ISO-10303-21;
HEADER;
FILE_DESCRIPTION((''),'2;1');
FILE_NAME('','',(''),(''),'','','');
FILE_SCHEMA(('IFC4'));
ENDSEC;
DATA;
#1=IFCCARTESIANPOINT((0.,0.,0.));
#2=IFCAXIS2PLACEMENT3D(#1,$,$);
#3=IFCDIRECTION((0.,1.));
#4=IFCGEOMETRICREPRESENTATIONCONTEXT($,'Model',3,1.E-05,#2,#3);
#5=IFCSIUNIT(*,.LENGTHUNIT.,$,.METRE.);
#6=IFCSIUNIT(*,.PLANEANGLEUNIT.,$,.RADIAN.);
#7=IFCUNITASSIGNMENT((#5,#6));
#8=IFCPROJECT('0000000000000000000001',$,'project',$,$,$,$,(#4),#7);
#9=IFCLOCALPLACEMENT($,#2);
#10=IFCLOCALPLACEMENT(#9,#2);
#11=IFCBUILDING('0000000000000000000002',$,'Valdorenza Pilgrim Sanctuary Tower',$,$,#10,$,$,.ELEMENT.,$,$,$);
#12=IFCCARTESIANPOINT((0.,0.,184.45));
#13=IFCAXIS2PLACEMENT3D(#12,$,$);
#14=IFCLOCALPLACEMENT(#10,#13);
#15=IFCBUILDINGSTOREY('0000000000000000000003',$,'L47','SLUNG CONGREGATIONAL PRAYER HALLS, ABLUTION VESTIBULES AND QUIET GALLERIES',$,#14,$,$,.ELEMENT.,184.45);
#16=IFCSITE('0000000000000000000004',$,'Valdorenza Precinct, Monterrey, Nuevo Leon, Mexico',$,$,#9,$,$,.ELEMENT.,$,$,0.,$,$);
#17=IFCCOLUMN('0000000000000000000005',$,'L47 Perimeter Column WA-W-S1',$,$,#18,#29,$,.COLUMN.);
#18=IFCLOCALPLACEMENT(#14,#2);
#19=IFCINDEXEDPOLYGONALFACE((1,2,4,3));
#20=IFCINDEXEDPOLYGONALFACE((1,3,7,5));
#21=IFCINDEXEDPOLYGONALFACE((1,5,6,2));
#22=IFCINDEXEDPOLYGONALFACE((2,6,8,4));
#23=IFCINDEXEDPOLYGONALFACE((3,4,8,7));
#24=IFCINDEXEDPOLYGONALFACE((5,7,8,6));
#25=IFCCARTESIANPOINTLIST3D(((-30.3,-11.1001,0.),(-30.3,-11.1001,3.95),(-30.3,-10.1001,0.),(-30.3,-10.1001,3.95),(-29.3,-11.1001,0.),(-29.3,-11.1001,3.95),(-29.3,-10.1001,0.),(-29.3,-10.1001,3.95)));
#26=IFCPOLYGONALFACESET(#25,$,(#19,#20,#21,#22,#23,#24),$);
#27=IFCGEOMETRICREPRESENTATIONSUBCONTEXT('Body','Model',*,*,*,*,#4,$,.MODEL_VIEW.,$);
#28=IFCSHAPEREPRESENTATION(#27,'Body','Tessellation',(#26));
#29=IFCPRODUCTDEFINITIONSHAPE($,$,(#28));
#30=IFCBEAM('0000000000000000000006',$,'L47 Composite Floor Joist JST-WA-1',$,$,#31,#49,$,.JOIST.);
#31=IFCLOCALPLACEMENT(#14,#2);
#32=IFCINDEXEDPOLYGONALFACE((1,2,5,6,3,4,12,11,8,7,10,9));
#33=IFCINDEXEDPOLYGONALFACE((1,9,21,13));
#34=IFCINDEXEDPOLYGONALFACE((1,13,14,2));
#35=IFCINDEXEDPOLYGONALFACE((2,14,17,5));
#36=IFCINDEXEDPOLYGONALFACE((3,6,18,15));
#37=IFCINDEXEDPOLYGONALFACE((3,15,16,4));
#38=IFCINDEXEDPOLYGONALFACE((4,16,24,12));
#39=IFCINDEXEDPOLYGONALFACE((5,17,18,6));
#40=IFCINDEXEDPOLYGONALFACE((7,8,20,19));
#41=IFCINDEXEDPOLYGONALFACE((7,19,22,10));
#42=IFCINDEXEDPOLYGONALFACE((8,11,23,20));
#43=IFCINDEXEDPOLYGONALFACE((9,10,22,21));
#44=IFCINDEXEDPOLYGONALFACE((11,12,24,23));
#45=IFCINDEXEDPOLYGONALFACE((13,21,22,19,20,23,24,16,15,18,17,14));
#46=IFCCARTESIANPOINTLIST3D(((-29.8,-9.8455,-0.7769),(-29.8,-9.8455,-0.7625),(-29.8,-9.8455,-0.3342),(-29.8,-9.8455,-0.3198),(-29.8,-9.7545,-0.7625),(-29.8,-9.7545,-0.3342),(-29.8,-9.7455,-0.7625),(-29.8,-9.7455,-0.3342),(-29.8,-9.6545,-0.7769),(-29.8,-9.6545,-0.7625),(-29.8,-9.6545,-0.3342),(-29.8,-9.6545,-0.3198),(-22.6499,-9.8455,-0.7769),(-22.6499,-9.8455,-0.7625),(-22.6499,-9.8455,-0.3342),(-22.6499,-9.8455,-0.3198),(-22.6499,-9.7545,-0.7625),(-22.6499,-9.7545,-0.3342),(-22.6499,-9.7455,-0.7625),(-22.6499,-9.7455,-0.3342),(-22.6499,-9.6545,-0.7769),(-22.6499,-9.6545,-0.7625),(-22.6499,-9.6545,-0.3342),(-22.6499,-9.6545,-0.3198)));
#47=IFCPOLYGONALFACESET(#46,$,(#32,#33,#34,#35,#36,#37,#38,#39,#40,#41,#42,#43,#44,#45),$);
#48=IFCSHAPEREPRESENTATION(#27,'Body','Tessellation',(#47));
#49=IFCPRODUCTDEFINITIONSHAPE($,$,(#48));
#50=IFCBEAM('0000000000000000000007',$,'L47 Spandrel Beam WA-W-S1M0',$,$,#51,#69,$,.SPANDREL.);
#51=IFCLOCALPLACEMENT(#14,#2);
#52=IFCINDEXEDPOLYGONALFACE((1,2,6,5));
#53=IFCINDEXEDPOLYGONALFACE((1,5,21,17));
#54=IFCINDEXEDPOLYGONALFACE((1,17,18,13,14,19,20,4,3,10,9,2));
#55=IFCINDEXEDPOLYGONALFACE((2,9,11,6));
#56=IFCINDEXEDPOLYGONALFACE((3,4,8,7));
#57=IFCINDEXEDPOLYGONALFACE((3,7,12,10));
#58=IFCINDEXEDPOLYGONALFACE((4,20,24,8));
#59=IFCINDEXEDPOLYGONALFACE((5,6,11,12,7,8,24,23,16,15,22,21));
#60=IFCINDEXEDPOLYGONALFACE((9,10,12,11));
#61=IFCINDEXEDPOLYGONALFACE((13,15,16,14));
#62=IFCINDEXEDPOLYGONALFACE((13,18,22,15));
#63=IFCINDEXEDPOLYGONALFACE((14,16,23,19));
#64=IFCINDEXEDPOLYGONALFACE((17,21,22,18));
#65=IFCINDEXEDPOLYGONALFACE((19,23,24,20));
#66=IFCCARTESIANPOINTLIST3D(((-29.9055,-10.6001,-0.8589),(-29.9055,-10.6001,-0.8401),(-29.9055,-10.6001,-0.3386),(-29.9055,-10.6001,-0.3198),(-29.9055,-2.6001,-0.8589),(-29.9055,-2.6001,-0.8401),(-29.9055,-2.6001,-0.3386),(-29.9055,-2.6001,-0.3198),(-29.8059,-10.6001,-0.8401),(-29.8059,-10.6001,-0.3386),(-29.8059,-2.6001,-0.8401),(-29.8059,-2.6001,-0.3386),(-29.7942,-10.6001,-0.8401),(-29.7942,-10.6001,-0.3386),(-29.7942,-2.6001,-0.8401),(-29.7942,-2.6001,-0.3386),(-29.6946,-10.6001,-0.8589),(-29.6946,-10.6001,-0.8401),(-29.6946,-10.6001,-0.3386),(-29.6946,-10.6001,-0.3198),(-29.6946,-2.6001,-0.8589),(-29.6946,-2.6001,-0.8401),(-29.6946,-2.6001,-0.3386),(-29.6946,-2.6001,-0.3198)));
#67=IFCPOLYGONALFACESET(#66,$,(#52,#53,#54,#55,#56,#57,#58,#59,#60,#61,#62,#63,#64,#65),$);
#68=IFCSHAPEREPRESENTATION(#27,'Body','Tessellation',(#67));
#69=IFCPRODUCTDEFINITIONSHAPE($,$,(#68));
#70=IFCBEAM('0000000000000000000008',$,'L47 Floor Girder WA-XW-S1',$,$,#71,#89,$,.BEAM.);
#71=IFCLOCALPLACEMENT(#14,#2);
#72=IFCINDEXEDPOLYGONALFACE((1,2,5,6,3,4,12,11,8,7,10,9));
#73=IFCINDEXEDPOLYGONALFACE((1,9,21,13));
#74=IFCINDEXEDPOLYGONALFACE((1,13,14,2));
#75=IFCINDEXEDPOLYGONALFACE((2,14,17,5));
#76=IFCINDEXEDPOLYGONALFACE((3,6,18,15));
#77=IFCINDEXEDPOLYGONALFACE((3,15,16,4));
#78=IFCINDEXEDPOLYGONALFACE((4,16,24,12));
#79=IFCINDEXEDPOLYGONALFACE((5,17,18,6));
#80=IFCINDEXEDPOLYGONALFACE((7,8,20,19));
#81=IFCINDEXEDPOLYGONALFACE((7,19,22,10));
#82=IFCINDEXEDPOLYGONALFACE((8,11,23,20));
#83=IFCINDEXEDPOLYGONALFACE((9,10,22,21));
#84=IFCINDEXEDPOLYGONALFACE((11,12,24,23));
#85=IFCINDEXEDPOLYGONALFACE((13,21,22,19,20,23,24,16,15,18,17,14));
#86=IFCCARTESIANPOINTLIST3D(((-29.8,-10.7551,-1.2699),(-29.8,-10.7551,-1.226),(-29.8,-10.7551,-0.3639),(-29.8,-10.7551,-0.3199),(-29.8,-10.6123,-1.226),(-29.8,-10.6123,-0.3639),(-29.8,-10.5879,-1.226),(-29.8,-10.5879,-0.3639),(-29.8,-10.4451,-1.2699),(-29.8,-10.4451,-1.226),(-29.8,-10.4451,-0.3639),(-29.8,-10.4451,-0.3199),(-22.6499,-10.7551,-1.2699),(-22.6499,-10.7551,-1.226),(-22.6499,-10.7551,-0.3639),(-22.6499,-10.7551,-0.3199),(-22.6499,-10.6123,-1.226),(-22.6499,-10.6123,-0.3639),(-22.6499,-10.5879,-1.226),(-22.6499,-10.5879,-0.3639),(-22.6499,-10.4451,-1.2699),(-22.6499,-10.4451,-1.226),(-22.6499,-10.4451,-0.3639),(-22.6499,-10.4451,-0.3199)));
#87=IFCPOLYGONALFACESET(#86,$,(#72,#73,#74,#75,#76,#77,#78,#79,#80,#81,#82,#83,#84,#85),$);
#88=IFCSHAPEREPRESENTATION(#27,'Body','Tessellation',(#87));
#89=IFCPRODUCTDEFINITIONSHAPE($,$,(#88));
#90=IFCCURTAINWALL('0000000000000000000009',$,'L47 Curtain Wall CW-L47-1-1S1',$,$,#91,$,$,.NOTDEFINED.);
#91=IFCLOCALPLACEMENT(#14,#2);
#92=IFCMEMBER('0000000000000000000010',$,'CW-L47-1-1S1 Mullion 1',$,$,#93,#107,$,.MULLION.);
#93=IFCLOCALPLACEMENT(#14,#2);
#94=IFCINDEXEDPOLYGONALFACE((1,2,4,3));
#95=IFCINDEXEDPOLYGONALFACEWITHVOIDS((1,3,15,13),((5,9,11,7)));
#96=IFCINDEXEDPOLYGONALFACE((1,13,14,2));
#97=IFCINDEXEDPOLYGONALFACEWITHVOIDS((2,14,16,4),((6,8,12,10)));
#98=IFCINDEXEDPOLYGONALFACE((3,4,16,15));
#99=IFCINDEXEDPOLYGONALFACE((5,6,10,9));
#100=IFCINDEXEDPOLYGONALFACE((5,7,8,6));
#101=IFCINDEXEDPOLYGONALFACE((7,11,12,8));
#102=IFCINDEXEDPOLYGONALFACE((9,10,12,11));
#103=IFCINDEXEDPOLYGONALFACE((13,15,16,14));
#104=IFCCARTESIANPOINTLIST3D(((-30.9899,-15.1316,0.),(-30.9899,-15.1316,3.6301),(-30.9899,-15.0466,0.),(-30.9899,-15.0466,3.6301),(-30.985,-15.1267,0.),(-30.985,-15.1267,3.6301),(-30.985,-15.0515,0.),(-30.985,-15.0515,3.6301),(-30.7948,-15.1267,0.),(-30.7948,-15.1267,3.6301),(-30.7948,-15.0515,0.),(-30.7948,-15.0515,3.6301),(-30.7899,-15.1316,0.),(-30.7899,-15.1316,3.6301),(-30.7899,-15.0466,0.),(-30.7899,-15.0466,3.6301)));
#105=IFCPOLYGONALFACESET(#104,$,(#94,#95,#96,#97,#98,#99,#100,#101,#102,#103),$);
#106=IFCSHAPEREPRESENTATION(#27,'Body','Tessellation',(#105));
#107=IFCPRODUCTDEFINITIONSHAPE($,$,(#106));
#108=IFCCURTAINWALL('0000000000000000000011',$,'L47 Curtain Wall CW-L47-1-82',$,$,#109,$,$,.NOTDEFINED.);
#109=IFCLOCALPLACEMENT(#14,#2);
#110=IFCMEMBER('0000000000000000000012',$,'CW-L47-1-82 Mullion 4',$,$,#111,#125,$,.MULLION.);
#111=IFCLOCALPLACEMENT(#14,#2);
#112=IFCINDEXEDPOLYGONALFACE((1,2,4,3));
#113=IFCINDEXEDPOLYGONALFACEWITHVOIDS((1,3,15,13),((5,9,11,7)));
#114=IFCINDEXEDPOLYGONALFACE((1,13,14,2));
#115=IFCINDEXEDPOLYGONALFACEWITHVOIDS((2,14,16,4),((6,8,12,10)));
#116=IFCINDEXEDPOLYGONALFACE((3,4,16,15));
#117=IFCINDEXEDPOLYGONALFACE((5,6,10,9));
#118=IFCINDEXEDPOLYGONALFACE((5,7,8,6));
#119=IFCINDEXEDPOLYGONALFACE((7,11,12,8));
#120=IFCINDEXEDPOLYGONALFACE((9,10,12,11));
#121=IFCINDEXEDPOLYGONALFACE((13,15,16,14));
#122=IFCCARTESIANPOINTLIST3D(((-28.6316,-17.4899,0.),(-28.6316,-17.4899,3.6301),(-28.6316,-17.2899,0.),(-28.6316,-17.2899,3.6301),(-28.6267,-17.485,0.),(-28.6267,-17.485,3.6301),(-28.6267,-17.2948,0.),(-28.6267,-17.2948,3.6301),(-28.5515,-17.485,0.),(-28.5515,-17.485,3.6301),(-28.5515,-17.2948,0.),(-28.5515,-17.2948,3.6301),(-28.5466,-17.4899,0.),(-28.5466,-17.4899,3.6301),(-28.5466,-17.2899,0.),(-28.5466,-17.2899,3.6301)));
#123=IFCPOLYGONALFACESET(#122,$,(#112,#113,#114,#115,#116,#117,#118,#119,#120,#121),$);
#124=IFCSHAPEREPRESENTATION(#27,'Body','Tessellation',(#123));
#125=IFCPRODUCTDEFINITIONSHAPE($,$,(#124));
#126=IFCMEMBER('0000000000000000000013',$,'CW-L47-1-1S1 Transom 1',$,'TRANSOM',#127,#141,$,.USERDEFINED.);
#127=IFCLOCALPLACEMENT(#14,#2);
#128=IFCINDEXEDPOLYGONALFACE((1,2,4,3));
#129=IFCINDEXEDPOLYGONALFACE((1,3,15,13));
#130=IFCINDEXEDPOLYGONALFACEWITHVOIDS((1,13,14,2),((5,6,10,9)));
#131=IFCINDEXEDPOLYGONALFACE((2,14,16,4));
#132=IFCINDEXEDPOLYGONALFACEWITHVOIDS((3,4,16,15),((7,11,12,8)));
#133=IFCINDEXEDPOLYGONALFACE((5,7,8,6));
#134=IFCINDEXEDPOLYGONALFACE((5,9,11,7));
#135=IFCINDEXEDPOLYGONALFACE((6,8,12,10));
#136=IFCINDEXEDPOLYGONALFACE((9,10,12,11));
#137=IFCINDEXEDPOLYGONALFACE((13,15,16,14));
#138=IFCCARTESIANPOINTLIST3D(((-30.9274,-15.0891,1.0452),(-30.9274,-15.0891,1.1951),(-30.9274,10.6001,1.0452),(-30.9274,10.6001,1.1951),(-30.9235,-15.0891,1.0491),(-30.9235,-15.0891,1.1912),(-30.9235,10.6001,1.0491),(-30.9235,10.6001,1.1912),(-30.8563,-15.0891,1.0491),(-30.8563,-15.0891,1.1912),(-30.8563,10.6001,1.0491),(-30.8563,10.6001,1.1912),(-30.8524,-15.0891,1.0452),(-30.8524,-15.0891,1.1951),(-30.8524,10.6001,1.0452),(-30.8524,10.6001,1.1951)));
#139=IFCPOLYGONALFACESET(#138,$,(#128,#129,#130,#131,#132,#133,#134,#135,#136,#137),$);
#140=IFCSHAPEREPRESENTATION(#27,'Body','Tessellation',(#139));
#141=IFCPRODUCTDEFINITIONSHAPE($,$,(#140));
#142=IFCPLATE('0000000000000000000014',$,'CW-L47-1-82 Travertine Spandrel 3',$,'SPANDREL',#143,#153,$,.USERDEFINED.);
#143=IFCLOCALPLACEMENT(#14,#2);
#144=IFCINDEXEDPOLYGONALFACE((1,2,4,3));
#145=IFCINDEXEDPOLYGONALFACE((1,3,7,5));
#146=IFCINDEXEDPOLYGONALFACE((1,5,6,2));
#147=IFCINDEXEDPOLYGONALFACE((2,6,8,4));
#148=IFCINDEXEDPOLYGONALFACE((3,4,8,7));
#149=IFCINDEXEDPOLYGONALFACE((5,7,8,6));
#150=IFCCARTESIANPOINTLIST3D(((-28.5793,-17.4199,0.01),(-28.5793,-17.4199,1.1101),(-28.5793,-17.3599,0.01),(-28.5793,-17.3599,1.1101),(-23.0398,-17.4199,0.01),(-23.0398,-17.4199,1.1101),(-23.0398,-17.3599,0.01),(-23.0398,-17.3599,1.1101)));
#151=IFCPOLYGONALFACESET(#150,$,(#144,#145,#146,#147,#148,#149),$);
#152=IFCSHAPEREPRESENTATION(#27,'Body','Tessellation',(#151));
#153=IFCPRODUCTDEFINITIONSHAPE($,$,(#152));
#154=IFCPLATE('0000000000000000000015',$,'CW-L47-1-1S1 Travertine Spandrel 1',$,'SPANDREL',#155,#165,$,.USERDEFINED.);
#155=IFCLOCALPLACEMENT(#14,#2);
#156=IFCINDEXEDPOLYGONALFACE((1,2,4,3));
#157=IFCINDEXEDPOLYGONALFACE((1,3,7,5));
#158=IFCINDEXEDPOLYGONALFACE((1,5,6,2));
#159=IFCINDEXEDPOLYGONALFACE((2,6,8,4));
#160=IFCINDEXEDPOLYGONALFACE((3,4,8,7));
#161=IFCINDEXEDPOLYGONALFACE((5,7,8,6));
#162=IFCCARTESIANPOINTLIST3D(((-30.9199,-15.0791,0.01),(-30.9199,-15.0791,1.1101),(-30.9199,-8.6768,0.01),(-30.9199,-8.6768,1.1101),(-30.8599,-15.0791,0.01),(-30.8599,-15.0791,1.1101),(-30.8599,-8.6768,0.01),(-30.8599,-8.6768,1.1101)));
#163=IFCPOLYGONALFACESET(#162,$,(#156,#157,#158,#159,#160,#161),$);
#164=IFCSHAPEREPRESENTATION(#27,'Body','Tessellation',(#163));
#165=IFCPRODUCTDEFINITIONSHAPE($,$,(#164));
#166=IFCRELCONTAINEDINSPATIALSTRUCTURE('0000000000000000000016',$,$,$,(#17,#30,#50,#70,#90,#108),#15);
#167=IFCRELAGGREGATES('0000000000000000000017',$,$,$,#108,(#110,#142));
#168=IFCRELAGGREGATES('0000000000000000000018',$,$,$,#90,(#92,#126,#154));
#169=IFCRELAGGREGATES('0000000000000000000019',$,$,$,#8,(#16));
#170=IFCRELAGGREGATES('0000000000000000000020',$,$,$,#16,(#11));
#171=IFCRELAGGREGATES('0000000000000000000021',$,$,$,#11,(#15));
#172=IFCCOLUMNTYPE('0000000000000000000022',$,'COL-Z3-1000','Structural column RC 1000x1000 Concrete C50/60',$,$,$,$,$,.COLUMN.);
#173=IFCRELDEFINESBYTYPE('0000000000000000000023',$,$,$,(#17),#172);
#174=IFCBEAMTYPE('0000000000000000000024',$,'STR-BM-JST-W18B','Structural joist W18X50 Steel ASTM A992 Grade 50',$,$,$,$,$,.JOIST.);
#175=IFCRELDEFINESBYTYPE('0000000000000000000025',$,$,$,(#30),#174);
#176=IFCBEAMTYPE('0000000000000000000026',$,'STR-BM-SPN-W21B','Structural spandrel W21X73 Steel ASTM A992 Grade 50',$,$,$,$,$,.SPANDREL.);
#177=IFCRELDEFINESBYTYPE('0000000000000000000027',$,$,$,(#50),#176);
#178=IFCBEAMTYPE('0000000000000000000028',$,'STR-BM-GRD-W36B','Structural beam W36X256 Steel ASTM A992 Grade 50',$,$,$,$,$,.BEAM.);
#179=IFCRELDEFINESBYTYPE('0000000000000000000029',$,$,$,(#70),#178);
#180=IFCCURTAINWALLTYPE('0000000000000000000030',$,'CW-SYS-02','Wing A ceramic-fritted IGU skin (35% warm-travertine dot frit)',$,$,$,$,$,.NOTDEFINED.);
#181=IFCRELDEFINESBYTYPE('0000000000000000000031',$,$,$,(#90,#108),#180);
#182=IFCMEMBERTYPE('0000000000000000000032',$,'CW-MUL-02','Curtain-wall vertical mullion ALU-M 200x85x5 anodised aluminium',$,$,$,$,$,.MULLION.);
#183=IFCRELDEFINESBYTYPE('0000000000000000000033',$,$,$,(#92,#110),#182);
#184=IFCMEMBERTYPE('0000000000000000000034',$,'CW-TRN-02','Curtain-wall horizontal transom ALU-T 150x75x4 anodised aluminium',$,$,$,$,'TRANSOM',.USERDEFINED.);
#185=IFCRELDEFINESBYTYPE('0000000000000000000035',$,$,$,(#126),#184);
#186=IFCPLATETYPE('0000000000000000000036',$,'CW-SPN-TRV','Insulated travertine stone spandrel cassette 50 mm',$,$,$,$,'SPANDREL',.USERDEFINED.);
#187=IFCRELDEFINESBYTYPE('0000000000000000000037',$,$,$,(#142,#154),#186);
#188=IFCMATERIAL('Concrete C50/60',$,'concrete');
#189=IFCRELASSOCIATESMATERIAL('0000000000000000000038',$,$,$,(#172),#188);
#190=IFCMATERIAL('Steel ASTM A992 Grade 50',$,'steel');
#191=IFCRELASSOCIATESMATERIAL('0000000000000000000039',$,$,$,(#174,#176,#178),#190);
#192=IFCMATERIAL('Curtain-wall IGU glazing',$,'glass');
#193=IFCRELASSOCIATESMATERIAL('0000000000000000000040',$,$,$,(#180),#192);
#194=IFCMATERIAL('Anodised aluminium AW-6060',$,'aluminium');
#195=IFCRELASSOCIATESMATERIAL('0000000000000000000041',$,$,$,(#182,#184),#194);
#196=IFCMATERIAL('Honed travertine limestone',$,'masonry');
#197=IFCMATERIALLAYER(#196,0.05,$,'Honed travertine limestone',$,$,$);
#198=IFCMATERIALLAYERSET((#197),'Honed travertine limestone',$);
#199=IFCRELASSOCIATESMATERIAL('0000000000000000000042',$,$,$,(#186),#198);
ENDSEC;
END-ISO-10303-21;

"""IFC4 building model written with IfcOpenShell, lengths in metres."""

from ifc_helpers import new_model, si_unit, direction, frame, origin, origin_2d, place, context, subcontext, project, spatial, rectangle, hollow_rectangle, i_section, extrude, source, transform, mapped, material, layer, layer_set, material_profile, profile_set, type_object, element, aggregate, save


model = new_model("IFC4")

# Units and contexts
model_context = context("Model", 3, precision=1e-05, world=origin(), true_north=direction((0.0, 1.0)))
body_context = subcontext(model_context, "Body", "Model", "MODEL_VIEW")
ifc_project = project(units=[si_unit("LENGTHUNIT", "METRE"), si_unit("PLANEANGLEUNIT", "RADIAN")], contexts=[model_context])

# Site, building, storey
site_placement = place(None, origin())
site = spatial("IfcSite", under=ifc_project, at=site_placement, Name="Valdorenza Precinct, Monterrey, Nuevo Leon, Mexico", CompositionType="ELEMENT", RefElevation=0.0)
building_placement = place(site_placement, origin())
building = spatial("IfcBuilding", under=site, at=building_placement, Name="Valdorenza Pilgrim Sanctuary Tower", CompositionType="ELEMENT")
storey_placement = place(building_placement, frame((0.0, 0.0, 184.45)))
storey = spatial("IfcBuildingStorey", under=building, at=storey_placement, Name="L47", Description="SLUNG CONGREGATIONAL PRAYER HALLS, ABLUTION VESTIBULES AND QUIET GALLERIES", CompositionType="ELEMENT", Elevation=184.45)

# Column
ifc_material_1 = material(Name="Concrete C50/60", Category="concrete")
ifc_material_profile_1 = material_profile(ifc_material_1, rectangle(XDim=1.0, YDim=1.0, at=origin_2d()), Name="RC 1000x1000")
ifc_profile_set_1 = profile_set([ifc_material_profile_1], Name="Concrete C50/60")
column_type = type_object("IfcColumnType", Name="COL-Z3-1000", Description="Structural column RC 1000x1000 Concrete C50/60", PredefinedType="COLUMN", material=ifc_profile_set_1)
shared_shape_1 = source(origin(), body_context, "Body", "SweptSolid", [
    extrude(rectangle(XDim=1.0, YDim=1.0, at=origin_2d()), origin(), (0.0, 0.0, 1.0), 3.95),
])
column_placement = place(storey_placement, frame((-29.8, -10.6001, 0.0), z_axis=(0.0, 0.0, 1.0), x_axis=(1.0, 0.0, 0.0)))
element("IfcColumn", 1, at=column_placement, inside=storey, type_object=column_type, Name="L47 Perimeter Column WA-W-S1", PredefinedType="COLUMN", context=body_context, shape_type="MappedRepresentation", body=[
    mapped(shared_shape_1, transform((0.0, 0.0, 0.0), x_axis=(1.0, 0.0, 0.0), y_axis=(0.0, 1.0, 0.0), z_axis=(0.0, 0.0, 1.0), scale=1.0)),
])

# Beams
ifc_material_2 = material(Name="Steel ASTM A992 Grade 50", Category="steel")
ifc_material_profile_2 = material_profile(ifc_material_2, i_section(OverallWidth=0.1909, OverallDepth=0.457, WebThickness=0.009, FlangeThickness=0.0144, at=origin_2d()), Name="W18X50")
ifc_profile_set_2 = profile_set([ifc_material_profile_2], Name="Steel ASTM A992 Grade 50")
beam_type_1 = type_object("IfcBeamType", Name="STR-BM-JST-W18B", Description="Structural joist W18X50 Steel ASTM A992 Grade 50", PredefinedType="JOIST", material=ifc_profile_set_2)
shared_shape_2 = source(origin(), body_context, "Body", "SweptSolid", [
    extrude(i_section(OverallWidth=0.1909, OverallDepth=0.457, WebThickness=0.009, FlangeThickness=0.0144, at=origin_2d()), origin(), (0.0, 0.0, 1.0), 7.1501),
])
beam_1_placement = place(storey_placement, frame((-29.8, -9.75, -0.5483), z_axis=(1.0, 0.0, 0.0), x_axis=(0.0, 1.0, 0.0)))
element("IfcBeam", 2, at=beam_1_placement, inside=storey, type_object=beam_type_1, Name="L47 Composite Floor Joist JST-WA-1", PredefinedType="JOIST", context=body_context, shape_type="MappedRepresentation", body=[
    mapped(shared_shape_2, transform((0.0, 0.0, 0.0), x_axis=(1.0, 0.0, 0.0), y_axis=(0.0, 1.0, 0.0), z_axis=(0.0, 0.0, 1.0), scale=1.0)),
])
ifc_material_profile_3 = material_profile(ifc_material_2, i_section(OverallWidth=0.2109, OverallDepth=0.5391, WebThickness=0.0117, FlangeThickness=0.0188, at=origin_2d()), Name="W21X73")
ifc_profile_set_3 = profile_set([ifc_material_profile_3], Name="Steel ASTM A992 Grade 50")
beam_type_2 = type_object("IfcBeamType", Name="STR-BM-SPN-W21B", Description="Structural spandrel W21X73 Steel ASTM A992 Grade 50", PredefinedType="SPANDREL", material=ifc_profile_set_3)
shared_shape_3 = source(origin(), body_context, "Body", "SweptSolid", [
    extrude(i_section(OverallWidth=0.2109, OverallDepth=0.5391, WebThickness=0.0117, FlangeThickness=0.0188, at=origin_2d()), origin(), (0.0, 0.0, 1.0), 8.0),
])
beam_2_placement = place(storey_placement, frame((-29.8, -10.6001, -0.5894), z_axis=(0.0, 1.0, 0.0), x_axis=(-1.0, 0.0, 0.0)))
element("IfcBeam", 3, at=beam_2_placement, inside=storey, type_object=beam_type_2, Name="L47 Spandrel Beam WA-W-S1M0", PredefinedType="SPANDREL", context=body_context, shape_type="MappedRepresentation", body=[
    mapped(shared_shape_3, transform((0.0, 0.0, 0.0), x_axis=(1.0, 0.0, 0.0), y_axis=(0.0, 1.0, 0.0), z_axis=(0.0, 0.0, 1.0), scale=1.0)),
])
ifc_material_profile_4 = material_profile(ifc_material_2, i_section(OverallWidth=0.3101, OverallDepth=0.95, WebThickness=0.0244, FlangeThickness=0.0439, at=origin_2d()), Name="W36X256")
ifc_profile_set_4 = profile_set([ifc_material_profile_4], Name="Steel ASTM A992 Grade 50")
beam_type_3 = type_object("IfcBeamType", Name="STR-BM-GRD-W36B", Description="Structural beam W36X256 Steel ASTM A992 Grade 50", PredefinedType="BEAM", material=ifc_profile_set_4)
shared_shape_4 = source(origin(), body_context, "Body", "SweptSolid", [
    extrude(i_section(OverallWidth=0.3101, OverallDepth=0.95, WebThickness=0.0244, FlangeThickness=0.0439, at=origin_2d()), origin(), (0.0, 0.0, 1.0), 7.1501),
])
beam_3_placement = place(storey_placement, frame((-29.8, -10.6001, -0.7949), z_axis=(1.0, 0.0, 0.0), x_axis=(0.0, 1.0, 0.0)))
element("IfcBeam", 4, at=beam_3_placement, inside=storey, type_object=beam_type_3, Name="L47 Floor Girder WA-XW-S1", PredefinedType="BEAM", context=body_context, shape_type="MappedRepresentation", body=[
    mapped(shared_shape_4, transform((0.0, 0.0, 0.0), x_axis=(1.0, 0.0, 0.0), y_axis=(0.0, 1.0, 0.0), z_axis=(0.0, 0.0, 1.0), scale=1.0)),
])

# Curtain walls, members
ifc_material_3 = material(Name="Curtain-wall IGU glazing", Category="glass")
curtain_wall_type = type_object("IfcCurtainWallType", Name="CW-SYS-02", Description="Wing A ceramic-fritted IGU skin (35% warm-travertine dot frit)", PredefinedType="NOTDEFINED", material=ifc_material_3)
curtain_wall_1_placement = place(storey_placement, origin())
curtain_wall_1 = element("IfcCurtainWall", 5, at=curtain_wall_1_placement, inside=storey, type_object=curtain_wall_type, Name="L47 Curtain Wall CW-L47-1-1S1", PredefinedType="NOTDEFINED")
ifc_material_4 = material(Name="Anodised aluminium AW-6060", Category="aluminium")
ifc_material_profile_5 = material_profile(ifc_material_4, hollow_rectangle(XDim=0.085, YDim=0.2, WallThickness=0.0049, at=origin_2d()), Name="ALU-M 200x85x5")
ifc_profile_set_5 = profile_set([ifc_material_profile_5], Name="Anodised aluminium AW-6060")
member_type_1 = type_object("IfcMemberType", Name="CW-MUL-02", Description="Curtain-wall vertical mullion ALU-M 200x85x5 anodised aluminium", PredefinedType="MULLION", material=ifc_profile_set_5)
shared_shape_5 = source(origin(), body_context, "Body", "SweptSolid", [
    extrude(hollow_rectangle(XDim=0.085, YDim=0.2, WallThickness=0.0049, at=origin_2d()), origin(), (0.0, 0.0, 1.0), 3.6301),
])
member_1_placement = place(storey_placement, frame((-30.8899, -15.0891, 0.0), z_axis=(0.0, 0.0, 1.0), x_axis=(0.0, 1.0, 0.0)))
member_1 = element("IfcMember", 6, at=member_1_placement, type_object=member_type_1, Name="CW-L47-1-1S1 Mullion 1", PredefinedType="MULLION", context=body_context, shape_type="MappedRepresentation", body=[
    mapped(shared_shape_5, transform((0.0, 0.0, 0.0), x_axis=(1.0, 0.0, 0.0), y_axis=(0.0, 1.0, 0.0), z_axis=(0.0, 0.0, 1.0), scale=1.0)),
])
curtain_wall_2_placement = place(storey_placement, origin())
curtain_wall_2 = element("IfcCurtainWall", 7, at=curtain_wall_2_placement, inside=storey, type_object=curtain_wall_type, Name="L47 Curtain Wall CW-L47-1-82", PredefinedType="NOTDEFINED")
member_2_placement = place(storey_placement, frame((-28.5891, -17.3899, 0.0), z_axis=(0.0, 0.0, 1.0), x_axis=(-1.0, 0.0, 0.0)))
member_2 = element("IfcMember", 8, at=member_2_placement, type_object=member_type_1, Name="CW-L47-1-82 Mullion 4", PredefinedType="MULLION", context=body_context, shape_type="MappedRepresentation", body=[
    mapped(shared_shape_5, transform((0.0, 0.0, 0.0), x_axis=(1.0, 0.0, 0.0), y_axis=(0.0, 1.0, 0.0), z_axis=(0.0, 0.0, 1.0), scale=1.0)),
])

# Member
ifc_material_profile_6 = material_profile(ifc_material_4, hollow_rectangle(XDim=0.075, YDim=0.1499, WallThickness=0.0039, at=origin_2d()), Name="ALU-T 150x75x4")
ifc_profile_set_6 = profile_set([ifc_material_profile_6], Name="Anodised aluminium AW-6060")
member_type_2 = type_object("IfcMemberType", Name="CW-TRN-02", Description="Curtain-wall horizontal transom ALU-T 150x75x4 anodised aluminium", ElementType="TRANSOM", PredefinedType="USERDEFINED", material=ifc_profile_set_6)
shared_shape_6 = source(origin(), body_context, "Body", "SweptSolid", [
    extrude(hollow_rectangle(XDim=0.075, YDim=0.1499, WallThickness=0.0039, at=origin_2d()), origin(), (0.0, 0.0, 1.0), 25.6892),
])
member_3_placement = place(storey_placement, frame((-30.8899, -15.0891, 1.1201), z_axis=(0.0, 1.0, 0.0), x_axis=(-1.0, 0.0, 0.0)))
member_3 = element("IfcMember", 9, at=member_3_placement, type_object=member_type_2, Name="CW-L47-1-1S1 Transom 1", ObjectType="TRANSOM", PredefinedType="USERDEFINED", context=body_context, shape_type="MappedRepresentation", body=[
    mapped(shared_shape_6, transform((0.0, 0.0, 0.0), x_axis=(1.0, 0.0, 0.0), y_axis=(0.0, 1.0, 0.0), z_axis=(0.0, 0.0, 1.0), scale=1.0)),
])

# Plates
ifc_material_5 = material(Name="Honed travertine limestone", Category="masonry")
ifc_layer_1 = layer(ifc_material_5, 0.05, Name="Honed travertine limestone")
ifc_layer_set_1 = layer_set([ifc_layer_1], Name="Honed travertine limestone")
plate_type_1 = type_object("IfcPlateType", Name="CW-SPN-TRV", Description="Insulated travertine stone spandrel cassette 50 mm", ElementType="SPANDREL", PredefinedType="USERDEFINED", material=ifc_layer_set_1)
shared_shape_7 = source(origin(), body_context, "Body", "SweptSolid", [
    extrude(rectangle(XDim=5.5396, YDim=0.0601, at=origin_2d()), origin(), (0.0, 0.0, 1.0), 1.1001),
])
plate_1_placement = place(storey_placement, frame((-25.8096, -17.3899, 0.01), z_axis=(0.0, 0.0, 1.0), x_axis=(-1.0, 0.0, 0.0)))
plate_1 = element("IfcPlate", 10, at=plate_1_placement, type_object=plate_type_1, Name="CW-L47-1-82 Travertine Spandrel 3", ObjectType="SPANDREL", PredefinedType="USERDEFINED", context=body_context, shape_type="MappedRepresentation", body=[
    mapped(shared_shape_7, transform((0.0, 0.0, 0.0), x_axis=(1.0, 0.0, 0.0), y_axis=(0.0, 1.0, 0.0), z_axis=(0.0, 0.0, 1.0), scale=1.0)),
])
aggregate(curtain_wall_2, [member_2, plate_1])
shared_shape_8 = source(origin(), body_context, "Body", "SweptSolid", [
    extrude(rectangle(XDim=6.4023, YDim=0.0601, at=origin_2d()), origin(), (0.0, 0.0, 1.0), 1.1001),
])
plate_2_placement = place(storey_placement, frame((-30.8899, -11.8779, 0.01), z_axis=(0.0, 0.0, 1.0), x_axis=(0.0, 1.0, 0.0)))
plate_2 = element("IfcPlate", 11, at=plate_2_placement, type_object=plate_type_1, Name="CW-L47-1-1S1 Travertine Spandrel 1", ObjectType="SPANDREL", PredefinedType="USERDEFINED", context=body_context, shape_type="MappedRepresentation", body=[
    mapped(shared_shape_8, transform((0.0, 0.0, 0.0), x_axis=(1.0, 0.0, 0.0), y_axis=(0.0, 1.0, 0.0), z_axis=(0.0, 0.0, 1.0), scale=1.0)),
])
aggregate(curtain_wall_1, [member_1, member_3, plate_2])

save(model, "model.ifc")
